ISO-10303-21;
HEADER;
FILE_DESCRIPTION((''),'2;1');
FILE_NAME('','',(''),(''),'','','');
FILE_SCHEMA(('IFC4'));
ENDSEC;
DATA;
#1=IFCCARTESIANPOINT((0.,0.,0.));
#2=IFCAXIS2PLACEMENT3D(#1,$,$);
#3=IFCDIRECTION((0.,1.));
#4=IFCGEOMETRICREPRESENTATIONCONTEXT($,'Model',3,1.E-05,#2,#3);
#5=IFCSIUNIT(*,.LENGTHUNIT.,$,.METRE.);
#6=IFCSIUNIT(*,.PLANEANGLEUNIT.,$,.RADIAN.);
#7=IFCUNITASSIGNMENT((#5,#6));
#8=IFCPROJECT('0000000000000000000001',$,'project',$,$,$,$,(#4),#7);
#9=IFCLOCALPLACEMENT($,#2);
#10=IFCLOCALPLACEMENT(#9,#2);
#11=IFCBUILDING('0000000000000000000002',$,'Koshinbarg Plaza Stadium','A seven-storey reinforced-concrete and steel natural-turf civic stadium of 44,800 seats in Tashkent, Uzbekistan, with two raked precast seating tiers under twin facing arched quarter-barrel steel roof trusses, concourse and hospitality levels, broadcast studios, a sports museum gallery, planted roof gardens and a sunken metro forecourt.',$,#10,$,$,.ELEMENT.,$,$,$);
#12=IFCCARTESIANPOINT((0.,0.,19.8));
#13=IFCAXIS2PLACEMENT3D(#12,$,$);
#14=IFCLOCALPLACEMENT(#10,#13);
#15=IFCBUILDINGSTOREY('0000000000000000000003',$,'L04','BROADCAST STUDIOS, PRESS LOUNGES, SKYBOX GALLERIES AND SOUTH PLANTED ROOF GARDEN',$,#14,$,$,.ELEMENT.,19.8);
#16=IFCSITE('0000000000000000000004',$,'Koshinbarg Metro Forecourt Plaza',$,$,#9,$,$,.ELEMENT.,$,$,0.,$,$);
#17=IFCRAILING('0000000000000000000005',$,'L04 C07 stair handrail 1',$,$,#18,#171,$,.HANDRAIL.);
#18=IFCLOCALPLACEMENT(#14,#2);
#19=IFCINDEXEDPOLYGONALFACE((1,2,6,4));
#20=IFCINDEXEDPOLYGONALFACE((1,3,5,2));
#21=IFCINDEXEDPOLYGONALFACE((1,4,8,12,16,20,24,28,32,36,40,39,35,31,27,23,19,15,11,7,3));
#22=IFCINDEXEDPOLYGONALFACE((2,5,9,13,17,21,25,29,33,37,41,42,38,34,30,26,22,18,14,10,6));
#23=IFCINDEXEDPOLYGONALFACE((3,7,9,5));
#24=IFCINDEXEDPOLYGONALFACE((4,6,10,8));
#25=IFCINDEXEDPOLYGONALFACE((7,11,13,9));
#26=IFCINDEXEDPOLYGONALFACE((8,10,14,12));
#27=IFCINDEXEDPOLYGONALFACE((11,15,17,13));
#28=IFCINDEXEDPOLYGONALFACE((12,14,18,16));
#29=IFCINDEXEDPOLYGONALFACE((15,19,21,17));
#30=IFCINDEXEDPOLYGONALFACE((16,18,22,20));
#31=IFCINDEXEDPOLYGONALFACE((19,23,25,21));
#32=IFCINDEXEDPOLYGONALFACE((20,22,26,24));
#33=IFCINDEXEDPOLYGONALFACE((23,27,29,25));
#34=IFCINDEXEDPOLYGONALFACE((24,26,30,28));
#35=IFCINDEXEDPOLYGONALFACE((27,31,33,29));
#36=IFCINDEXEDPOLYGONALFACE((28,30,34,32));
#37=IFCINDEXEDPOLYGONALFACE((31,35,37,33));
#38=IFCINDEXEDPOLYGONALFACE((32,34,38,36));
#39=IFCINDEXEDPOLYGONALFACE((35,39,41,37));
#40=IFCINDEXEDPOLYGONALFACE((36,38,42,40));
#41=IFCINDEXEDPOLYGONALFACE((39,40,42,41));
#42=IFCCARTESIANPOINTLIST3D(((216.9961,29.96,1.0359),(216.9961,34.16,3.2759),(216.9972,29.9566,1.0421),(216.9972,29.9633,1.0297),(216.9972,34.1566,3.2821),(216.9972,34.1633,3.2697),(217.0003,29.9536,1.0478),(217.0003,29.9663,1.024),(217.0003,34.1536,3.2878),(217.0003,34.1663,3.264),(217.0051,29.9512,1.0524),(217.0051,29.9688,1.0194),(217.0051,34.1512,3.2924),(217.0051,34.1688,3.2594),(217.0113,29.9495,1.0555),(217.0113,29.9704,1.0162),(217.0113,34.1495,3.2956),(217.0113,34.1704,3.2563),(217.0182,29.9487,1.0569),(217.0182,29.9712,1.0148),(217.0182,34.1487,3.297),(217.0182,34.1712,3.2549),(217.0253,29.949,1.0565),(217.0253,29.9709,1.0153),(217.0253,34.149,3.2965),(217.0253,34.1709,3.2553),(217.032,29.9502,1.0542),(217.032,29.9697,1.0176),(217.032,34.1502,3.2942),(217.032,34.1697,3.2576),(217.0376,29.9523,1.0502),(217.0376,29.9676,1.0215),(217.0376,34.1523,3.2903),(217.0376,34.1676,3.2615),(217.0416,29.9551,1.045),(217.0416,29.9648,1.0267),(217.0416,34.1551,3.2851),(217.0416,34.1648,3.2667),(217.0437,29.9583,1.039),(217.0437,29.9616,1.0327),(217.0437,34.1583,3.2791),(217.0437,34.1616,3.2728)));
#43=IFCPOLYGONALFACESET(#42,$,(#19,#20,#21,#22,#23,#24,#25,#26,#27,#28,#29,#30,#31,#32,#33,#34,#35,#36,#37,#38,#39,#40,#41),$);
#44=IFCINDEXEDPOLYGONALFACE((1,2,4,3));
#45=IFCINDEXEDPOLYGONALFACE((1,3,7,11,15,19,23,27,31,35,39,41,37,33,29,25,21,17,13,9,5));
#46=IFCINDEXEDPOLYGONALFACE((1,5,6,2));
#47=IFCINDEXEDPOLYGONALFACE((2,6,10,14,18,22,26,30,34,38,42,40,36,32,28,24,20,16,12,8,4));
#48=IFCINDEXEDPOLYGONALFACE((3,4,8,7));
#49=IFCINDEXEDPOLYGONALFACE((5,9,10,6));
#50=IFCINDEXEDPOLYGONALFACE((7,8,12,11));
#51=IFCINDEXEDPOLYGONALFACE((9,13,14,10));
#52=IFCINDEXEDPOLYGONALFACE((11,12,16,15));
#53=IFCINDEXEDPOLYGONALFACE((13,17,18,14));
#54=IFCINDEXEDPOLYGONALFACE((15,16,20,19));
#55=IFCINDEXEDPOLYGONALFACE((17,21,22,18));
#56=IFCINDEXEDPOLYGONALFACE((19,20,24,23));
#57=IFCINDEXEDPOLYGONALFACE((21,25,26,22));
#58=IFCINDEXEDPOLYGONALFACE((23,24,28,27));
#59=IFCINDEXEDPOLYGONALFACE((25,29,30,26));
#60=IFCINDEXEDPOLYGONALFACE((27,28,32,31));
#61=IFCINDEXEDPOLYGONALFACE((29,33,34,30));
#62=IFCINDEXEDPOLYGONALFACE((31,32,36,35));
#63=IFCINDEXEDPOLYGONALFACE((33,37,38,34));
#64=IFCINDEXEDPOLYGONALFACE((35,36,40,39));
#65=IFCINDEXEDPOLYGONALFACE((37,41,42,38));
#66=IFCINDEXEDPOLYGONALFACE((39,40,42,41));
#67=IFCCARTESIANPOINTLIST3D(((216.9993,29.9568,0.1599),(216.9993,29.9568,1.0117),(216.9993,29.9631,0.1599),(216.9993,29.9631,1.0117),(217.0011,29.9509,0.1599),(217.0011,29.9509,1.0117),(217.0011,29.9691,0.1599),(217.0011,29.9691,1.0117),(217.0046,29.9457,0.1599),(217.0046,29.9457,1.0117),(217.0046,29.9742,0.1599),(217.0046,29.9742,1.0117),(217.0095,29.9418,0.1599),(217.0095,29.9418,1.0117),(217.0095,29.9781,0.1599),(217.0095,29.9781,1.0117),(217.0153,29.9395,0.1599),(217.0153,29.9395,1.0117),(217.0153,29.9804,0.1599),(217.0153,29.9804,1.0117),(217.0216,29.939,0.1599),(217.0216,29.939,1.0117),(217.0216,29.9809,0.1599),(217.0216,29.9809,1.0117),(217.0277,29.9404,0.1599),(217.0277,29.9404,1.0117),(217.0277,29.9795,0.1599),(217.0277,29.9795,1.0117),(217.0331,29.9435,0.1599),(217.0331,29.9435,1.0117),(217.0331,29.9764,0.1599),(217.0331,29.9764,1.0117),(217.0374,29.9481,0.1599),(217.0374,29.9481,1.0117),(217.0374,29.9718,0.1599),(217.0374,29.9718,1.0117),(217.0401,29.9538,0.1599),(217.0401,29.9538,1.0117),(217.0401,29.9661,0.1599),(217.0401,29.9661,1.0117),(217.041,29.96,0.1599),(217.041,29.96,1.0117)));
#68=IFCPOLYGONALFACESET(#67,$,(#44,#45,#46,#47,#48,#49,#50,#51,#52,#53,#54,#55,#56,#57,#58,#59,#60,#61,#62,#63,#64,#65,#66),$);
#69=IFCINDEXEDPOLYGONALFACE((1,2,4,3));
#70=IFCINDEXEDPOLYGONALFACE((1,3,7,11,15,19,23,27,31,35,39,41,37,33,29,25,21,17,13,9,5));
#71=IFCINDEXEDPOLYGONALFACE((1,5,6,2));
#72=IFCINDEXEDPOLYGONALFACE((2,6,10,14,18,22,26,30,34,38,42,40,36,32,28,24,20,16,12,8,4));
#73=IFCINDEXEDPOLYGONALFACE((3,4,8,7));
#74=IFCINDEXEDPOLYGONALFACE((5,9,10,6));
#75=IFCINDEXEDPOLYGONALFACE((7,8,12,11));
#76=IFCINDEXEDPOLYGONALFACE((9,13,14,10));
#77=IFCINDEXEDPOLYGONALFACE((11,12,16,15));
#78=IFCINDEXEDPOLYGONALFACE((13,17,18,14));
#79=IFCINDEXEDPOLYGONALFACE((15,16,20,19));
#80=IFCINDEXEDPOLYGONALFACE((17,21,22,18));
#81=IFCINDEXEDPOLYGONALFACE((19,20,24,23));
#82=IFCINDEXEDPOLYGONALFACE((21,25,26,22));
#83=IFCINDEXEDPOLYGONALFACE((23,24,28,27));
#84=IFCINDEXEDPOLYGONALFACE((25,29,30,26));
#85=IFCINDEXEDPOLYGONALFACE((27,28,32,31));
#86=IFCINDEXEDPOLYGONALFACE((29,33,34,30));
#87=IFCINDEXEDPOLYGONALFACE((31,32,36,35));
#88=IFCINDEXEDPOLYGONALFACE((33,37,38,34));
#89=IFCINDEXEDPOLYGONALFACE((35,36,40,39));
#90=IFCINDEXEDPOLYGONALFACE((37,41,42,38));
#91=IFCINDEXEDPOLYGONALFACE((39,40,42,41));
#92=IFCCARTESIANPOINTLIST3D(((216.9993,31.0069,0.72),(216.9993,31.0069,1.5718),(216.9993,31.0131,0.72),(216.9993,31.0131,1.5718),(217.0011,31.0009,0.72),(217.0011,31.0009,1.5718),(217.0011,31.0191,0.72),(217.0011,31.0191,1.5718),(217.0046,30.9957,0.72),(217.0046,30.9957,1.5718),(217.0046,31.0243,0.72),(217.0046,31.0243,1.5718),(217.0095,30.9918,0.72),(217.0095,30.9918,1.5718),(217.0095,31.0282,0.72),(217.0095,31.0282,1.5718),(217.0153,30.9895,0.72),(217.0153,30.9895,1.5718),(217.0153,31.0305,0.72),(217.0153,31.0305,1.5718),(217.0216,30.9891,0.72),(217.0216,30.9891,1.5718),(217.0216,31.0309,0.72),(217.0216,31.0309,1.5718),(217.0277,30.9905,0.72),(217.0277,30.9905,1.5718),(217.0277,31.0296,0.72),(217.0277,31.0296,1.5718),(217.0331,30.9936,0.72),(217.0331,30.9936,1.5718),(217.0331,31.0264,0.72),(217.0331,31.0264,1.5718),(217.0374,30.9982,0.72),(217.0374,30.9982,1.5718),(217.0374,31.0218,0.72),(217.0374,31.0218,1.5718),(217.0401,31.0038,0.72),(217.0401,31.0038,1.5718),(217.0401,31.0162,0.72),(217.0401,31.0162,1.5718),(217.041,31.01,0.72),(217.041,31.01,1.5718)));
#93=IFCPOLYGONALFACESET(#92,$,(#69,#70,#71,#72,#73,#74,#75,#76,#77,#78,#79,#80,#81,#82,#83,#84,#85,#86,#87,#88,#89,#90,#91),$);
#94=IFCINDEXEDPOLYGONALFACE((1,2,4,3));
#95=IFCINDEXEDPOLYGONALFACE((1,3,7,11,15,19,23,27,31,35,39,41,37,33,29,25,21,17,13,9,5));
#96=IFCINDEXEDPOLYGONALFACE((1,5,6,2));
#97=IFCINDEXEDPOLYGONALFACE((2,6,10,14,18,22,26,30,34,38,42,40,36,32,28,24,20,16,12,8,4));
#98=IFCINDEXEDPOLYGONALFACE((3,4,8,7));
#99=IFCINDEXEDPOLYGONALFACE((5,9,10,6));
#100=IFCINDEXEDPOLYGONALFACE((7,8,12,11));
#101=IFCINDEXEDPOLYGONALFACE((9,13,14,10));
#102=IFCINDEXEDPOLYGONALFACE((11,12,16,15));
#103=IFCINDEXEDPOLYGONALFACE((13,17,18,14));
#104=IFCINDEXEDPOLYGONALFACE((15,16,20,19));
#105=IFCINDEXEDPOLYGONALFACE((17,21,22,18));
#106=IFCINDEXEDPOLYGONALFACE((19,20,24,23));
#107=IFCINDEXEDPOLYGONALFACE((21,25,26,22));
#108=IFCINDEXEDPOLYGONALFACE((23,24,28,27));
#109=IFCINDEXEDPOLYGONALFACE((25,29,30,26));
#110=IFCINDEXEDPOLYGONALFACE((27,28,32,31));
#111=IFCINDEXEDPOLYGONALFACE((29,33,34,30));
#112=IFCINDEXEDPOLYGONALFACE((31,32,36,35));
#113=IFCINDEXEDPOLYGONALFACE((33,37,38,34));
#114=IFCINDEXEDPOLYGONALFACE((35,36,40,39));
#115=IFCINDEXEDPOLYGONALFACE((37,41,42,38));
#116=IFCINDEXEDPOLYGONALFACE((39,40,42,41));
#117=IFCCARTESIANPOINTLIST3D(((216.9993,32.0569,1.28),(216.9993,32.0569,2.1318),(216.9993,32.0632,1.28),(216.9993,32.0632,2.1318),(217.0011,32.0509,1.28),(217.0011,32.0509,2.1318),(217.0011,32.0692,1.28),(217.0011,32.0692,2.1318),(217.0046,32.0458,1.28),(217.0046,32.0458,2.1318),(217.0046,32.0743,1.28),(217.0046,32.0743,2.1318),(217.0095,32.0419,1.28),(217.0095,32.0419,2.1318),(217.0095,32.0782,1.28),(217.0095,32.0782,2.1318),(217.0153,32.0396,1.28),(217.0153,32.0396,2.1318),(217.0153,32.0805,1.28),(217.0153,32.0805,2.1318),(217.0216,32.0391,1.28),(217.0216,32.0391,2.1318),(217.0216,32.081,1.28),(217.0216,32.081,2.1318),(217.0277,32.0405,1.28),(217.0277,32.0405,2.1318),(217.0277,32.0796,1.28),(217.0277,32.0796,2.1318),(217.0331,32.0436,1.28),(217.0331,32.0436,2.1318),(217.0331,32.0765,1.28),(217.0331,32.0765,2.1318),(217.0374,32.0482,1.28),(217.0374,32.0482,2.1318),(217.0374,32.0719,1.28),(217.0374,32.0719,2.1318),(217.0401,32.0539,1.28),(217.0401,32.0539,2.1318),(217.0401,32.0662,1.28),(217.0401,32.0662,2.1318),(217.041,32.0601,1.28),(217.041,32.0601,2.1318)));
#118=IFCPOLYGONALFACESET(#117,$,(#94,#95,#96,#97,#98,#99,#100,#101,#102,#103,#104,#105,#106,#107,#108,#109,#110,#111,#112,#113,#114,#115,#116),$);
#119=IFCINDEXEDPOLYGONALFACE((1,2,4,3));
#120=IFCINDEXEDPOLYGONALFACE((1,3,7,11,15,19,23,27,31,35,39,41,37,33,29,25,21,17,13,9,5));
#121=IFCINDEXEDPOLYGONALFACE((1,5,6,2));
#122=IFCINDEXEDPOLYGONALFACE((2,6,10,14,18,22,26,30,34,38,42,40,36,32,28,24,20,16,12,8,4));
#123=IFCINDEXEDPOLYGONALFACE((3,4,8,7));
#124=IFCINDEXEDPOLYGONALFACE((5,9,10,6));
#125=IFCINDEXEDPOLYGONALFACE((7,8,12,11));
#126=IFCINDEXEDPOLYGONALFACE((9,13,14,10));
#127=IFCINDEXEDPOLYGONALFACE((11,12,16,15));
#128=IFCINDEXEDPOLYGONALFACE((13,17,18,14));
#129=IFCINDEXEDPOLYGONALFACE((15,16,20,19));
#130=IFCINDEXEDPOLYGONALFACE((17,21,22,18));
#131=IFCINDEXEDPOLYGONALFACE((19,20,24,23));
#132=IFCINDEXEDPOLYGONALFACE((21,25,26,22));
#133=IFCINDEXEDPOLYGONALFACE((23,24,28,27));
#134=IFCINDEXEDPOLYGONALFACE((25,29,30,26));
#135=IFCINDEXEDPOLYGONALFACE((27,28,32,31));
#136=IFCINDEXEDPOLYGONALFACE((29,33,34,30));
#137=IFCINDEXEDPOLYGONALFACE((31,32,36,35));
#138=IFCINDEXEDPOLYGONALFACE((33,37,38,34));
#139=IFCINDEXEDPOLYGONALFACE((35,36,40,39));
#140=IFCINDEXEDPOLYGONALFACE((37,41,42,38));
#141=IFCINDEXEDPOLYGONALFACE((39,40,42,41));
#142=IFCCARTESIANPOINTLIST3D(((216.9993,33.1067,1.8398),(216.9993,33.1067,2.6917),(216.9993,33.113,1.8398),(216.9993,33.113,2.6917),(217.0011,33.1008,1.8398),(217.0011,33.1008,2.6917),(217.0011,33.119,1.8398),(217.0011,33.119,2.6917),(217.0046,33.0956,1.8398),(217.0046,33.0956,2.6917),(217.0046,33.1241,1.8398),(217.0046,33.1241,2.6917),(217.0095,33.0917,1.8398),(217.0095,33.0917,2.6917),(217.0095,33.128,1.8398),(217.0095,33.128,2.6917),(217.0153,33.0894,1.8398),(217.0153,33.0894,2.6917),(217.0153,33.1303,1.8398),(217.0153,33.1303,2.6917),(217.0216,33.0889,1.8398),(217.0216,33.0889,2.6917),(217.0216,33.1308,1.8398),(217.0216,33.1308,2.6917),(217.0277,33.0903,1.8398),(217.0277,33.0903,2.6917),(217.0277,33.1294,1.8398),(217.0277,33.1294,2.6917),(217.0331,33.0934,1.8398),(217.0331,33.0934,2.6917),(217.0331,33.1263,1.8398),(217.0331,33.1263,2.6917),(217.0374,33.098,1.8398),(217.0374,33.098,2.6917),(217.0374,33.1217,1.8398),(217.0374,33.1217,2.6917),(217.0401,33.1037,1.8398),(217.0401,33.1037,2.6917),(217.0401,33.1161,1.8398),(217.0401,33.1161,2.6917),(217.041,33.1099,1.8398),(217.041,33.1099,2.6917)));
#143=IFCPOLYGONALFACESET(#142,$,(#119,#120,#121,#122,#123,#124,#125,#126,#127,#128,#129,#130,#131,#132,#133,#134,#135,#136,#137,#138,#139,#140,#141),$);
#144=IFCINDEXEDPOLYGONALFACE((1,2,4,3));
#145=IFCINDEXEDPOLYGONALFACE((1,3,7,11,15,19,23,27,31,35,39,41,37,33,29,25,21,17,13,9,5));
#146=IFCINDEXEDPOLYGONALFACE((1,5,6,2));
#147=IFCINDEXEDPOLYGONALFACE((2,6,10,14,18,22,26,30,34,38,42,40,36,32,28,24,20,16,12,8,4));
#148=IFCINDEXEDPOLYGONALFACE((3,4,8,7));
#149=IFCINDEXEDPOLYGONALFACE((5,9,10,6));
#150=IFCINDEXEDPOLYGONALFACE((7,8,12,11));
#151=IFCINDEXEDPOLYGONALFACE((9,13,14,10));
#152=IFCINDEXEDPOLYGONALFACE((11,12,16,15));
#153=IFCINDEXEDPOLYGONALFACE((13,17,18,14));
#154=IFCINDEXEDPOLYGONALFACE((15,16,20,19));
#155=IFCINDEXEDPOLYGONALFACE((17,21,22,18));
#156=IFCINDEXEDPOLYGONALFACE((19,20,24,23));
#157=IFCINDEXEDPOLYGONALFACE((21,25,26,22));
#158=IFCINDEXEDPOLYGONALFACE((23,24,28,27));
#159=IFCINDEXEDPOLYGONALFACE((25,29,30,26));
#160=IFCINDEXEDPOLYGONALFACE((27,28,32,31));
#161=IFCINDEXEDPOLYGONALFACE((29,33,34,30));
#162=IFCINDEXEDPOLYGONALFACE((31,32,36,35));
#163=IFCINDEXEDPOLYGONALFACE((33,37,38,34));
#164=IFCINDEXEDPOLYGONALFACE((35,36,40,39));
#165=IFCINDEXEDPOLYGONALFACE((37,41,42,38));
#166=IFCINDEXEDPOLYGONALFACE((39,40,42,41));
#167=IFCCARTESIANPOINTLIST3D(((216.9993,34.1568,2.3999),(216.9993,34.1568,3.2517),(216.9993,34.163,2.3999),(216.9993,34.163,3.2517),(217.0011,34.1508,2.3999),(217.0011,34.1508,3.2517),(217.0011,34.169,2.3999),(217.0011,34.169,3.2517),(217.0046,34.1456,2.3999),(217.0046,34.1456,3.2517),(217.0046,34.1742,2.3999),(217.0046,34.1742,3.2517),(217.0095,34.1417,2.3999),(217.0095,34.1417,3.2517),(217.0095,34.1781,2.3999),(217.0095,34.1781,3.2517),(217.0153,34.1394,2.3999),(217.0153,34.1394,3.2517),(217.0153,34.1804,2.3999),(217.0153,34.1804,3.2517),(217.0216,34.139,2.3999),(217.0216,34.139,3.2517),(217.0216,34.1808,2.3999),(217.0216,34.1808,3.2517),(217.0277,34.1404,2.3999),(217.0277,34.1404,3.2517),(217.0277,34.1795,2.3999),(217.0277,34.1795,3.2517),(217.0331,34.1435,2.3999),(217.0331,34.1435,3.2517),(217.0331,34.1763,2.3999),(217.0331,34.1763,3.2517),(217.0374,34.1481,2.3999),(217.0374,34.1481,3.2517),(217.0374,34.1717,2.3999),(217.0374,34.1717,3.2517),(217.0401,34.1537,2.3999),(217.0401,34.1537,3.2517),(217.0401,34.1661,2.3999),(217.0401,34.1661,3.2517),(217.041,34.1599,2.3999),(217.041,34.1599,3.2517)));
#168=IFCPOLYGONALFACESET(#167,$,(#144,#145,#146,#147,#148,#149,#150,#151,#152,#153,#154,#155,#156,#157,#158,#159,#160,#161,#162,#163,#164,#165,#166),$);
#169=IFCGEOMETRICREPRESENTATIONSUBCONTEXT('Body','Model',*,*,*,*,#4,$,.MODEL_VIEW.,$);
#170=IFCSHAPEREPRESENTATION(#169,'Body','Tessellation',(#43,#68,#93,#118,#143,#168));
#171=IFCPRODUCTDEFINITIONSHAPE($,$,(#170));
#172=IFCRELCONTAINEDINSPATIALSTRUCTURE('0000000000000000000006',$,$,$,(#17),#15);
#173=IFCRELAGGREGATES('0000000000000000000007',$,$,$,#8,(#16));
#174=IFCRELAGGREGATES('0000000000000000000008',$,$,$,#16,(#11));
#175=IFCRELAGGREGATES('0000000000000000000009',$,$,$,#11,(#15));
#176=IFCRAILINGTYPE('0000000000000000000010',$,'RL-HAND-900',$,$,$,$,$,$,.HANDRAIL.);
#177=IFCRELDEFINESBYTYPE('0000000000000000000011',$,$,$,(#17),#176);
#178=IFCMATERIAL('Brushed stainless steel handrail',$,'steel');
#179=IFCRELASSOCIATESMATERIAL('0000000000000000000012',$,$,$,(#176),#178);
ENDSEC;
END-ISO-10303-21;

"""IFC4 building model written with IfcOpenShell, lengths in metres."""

from ifc_helpers import new_model, si_unit, direction, frame, origin, origin_2d, place, context, subcontext, project, spatial, circle, extrude, material, type_object, element, save


model = new_model("IFC4")

# Units and contexts
model_context = context("Model", 3, precision=1e-05, world=origin(), true_north=direction((0.0, 1.0)))
body_context = subcontext(model_context, "Body", "Model", "MODEL_VIEW")
ifc_project = project(units=[si_unit("LENGTHUNIT", "METRE"), si_unit("PLANEANGLEUNIT", "RADIAN")], contexts=[model_context])

# Site, building, storey
site_placement = place(None, origin())
site = spatial("IfcSite", under=ifc_project, at=site_placement, Name="Koshinbarg Metro Forecourt Plaza", CompositionType="ELEMENT", RefElevation=0.0)
building_placement = place(site_placement, origin())
building = spatial("IfcBuilding", under=site, at=building_placement, Name="Koshinbarg Plaza Stadium", Description="A seven-storey reinforced-concrete and steel natural-turf civic stadium of 44,800 seats in Tashkent, Uzbekistan, with two raked precast seating tiers under twin facing arched quarter-barrel steel roof trusses, concourse and hospitality levels, broadcast studios, a sports museum gallery, planted roof gardens and a sunken metro forecourt.", CompositionType="ELEMENT")
storey_placement = place(building_placement, frame((0.0, 0.0, 19.8)))
storey = spatial("IfcBuildingStorey", under=building, at=storey_placement, Name="L04", Description="BROADCAST STUDIOS, PRESS LOUNGES, SKYBOX GALLERIES AND SOUTH PLANTED ROOF GARDEN", CompositionType="ELEMENT", Elevation=19.8)

# Railing
ifc_material_1 = material(Name="Brushed stainless steel handrail", Category="steel")
railing_type_1 = type_object("IfcRailingType", Name="RL-HAND-900", PredefinedType="HANDRAIL", material=ifc_material_1)
railing_1_placement = place(storey_placement, frame((217.02, 29.96, 0.1599)))
element("IfcRailing", 1, at=railing_1_placement, inside=storey, type_object=railing_type_1, Name="L04 C07 stair handrail 1", PredefinedType="HANDRAIL", context=body_context, shape_type="SweptSolid", body=[
    extrude(circle(Radius=0.0239, at=origin_2d()), frame((0.0, 0.0, 0.876), z_axis=(0.0, 0.882352, 0.470591), x_axis=(-1.0, 0.0, 0.0)), (0.0, 0.0, 1.0), 4.76),
    extrude(circle(Radius=0.021, at=origin_2d()), origin(), (0.0, 0.0, 1.0), 0.8518),
    extrude(circle(Radius=0.021, at=origin_2d()), frame((0.0, 1.05, 0.5601)), (0.0, 0.0, 1.0), 0.8518),
    extrude(circle(Radius=0.021, at=origin_2d()), frame((0.0, 2.1001, 1.1201)), (0.0, 0.0, 1.0), 0.8518),
    extrude(circle(Radius=0.021, at=origin_2d()), frame((0.0, 3.1499, 1.6799)), (0.0, 0.0, 1.0), 0.8518),
    extrude(circle(Radius=0.021, at=origin_2d()), frame((0.0, 4.2, 2.24)), (0.0, 0.0, 1.0), 0.8518),
])

save(model, "model.ifc")
